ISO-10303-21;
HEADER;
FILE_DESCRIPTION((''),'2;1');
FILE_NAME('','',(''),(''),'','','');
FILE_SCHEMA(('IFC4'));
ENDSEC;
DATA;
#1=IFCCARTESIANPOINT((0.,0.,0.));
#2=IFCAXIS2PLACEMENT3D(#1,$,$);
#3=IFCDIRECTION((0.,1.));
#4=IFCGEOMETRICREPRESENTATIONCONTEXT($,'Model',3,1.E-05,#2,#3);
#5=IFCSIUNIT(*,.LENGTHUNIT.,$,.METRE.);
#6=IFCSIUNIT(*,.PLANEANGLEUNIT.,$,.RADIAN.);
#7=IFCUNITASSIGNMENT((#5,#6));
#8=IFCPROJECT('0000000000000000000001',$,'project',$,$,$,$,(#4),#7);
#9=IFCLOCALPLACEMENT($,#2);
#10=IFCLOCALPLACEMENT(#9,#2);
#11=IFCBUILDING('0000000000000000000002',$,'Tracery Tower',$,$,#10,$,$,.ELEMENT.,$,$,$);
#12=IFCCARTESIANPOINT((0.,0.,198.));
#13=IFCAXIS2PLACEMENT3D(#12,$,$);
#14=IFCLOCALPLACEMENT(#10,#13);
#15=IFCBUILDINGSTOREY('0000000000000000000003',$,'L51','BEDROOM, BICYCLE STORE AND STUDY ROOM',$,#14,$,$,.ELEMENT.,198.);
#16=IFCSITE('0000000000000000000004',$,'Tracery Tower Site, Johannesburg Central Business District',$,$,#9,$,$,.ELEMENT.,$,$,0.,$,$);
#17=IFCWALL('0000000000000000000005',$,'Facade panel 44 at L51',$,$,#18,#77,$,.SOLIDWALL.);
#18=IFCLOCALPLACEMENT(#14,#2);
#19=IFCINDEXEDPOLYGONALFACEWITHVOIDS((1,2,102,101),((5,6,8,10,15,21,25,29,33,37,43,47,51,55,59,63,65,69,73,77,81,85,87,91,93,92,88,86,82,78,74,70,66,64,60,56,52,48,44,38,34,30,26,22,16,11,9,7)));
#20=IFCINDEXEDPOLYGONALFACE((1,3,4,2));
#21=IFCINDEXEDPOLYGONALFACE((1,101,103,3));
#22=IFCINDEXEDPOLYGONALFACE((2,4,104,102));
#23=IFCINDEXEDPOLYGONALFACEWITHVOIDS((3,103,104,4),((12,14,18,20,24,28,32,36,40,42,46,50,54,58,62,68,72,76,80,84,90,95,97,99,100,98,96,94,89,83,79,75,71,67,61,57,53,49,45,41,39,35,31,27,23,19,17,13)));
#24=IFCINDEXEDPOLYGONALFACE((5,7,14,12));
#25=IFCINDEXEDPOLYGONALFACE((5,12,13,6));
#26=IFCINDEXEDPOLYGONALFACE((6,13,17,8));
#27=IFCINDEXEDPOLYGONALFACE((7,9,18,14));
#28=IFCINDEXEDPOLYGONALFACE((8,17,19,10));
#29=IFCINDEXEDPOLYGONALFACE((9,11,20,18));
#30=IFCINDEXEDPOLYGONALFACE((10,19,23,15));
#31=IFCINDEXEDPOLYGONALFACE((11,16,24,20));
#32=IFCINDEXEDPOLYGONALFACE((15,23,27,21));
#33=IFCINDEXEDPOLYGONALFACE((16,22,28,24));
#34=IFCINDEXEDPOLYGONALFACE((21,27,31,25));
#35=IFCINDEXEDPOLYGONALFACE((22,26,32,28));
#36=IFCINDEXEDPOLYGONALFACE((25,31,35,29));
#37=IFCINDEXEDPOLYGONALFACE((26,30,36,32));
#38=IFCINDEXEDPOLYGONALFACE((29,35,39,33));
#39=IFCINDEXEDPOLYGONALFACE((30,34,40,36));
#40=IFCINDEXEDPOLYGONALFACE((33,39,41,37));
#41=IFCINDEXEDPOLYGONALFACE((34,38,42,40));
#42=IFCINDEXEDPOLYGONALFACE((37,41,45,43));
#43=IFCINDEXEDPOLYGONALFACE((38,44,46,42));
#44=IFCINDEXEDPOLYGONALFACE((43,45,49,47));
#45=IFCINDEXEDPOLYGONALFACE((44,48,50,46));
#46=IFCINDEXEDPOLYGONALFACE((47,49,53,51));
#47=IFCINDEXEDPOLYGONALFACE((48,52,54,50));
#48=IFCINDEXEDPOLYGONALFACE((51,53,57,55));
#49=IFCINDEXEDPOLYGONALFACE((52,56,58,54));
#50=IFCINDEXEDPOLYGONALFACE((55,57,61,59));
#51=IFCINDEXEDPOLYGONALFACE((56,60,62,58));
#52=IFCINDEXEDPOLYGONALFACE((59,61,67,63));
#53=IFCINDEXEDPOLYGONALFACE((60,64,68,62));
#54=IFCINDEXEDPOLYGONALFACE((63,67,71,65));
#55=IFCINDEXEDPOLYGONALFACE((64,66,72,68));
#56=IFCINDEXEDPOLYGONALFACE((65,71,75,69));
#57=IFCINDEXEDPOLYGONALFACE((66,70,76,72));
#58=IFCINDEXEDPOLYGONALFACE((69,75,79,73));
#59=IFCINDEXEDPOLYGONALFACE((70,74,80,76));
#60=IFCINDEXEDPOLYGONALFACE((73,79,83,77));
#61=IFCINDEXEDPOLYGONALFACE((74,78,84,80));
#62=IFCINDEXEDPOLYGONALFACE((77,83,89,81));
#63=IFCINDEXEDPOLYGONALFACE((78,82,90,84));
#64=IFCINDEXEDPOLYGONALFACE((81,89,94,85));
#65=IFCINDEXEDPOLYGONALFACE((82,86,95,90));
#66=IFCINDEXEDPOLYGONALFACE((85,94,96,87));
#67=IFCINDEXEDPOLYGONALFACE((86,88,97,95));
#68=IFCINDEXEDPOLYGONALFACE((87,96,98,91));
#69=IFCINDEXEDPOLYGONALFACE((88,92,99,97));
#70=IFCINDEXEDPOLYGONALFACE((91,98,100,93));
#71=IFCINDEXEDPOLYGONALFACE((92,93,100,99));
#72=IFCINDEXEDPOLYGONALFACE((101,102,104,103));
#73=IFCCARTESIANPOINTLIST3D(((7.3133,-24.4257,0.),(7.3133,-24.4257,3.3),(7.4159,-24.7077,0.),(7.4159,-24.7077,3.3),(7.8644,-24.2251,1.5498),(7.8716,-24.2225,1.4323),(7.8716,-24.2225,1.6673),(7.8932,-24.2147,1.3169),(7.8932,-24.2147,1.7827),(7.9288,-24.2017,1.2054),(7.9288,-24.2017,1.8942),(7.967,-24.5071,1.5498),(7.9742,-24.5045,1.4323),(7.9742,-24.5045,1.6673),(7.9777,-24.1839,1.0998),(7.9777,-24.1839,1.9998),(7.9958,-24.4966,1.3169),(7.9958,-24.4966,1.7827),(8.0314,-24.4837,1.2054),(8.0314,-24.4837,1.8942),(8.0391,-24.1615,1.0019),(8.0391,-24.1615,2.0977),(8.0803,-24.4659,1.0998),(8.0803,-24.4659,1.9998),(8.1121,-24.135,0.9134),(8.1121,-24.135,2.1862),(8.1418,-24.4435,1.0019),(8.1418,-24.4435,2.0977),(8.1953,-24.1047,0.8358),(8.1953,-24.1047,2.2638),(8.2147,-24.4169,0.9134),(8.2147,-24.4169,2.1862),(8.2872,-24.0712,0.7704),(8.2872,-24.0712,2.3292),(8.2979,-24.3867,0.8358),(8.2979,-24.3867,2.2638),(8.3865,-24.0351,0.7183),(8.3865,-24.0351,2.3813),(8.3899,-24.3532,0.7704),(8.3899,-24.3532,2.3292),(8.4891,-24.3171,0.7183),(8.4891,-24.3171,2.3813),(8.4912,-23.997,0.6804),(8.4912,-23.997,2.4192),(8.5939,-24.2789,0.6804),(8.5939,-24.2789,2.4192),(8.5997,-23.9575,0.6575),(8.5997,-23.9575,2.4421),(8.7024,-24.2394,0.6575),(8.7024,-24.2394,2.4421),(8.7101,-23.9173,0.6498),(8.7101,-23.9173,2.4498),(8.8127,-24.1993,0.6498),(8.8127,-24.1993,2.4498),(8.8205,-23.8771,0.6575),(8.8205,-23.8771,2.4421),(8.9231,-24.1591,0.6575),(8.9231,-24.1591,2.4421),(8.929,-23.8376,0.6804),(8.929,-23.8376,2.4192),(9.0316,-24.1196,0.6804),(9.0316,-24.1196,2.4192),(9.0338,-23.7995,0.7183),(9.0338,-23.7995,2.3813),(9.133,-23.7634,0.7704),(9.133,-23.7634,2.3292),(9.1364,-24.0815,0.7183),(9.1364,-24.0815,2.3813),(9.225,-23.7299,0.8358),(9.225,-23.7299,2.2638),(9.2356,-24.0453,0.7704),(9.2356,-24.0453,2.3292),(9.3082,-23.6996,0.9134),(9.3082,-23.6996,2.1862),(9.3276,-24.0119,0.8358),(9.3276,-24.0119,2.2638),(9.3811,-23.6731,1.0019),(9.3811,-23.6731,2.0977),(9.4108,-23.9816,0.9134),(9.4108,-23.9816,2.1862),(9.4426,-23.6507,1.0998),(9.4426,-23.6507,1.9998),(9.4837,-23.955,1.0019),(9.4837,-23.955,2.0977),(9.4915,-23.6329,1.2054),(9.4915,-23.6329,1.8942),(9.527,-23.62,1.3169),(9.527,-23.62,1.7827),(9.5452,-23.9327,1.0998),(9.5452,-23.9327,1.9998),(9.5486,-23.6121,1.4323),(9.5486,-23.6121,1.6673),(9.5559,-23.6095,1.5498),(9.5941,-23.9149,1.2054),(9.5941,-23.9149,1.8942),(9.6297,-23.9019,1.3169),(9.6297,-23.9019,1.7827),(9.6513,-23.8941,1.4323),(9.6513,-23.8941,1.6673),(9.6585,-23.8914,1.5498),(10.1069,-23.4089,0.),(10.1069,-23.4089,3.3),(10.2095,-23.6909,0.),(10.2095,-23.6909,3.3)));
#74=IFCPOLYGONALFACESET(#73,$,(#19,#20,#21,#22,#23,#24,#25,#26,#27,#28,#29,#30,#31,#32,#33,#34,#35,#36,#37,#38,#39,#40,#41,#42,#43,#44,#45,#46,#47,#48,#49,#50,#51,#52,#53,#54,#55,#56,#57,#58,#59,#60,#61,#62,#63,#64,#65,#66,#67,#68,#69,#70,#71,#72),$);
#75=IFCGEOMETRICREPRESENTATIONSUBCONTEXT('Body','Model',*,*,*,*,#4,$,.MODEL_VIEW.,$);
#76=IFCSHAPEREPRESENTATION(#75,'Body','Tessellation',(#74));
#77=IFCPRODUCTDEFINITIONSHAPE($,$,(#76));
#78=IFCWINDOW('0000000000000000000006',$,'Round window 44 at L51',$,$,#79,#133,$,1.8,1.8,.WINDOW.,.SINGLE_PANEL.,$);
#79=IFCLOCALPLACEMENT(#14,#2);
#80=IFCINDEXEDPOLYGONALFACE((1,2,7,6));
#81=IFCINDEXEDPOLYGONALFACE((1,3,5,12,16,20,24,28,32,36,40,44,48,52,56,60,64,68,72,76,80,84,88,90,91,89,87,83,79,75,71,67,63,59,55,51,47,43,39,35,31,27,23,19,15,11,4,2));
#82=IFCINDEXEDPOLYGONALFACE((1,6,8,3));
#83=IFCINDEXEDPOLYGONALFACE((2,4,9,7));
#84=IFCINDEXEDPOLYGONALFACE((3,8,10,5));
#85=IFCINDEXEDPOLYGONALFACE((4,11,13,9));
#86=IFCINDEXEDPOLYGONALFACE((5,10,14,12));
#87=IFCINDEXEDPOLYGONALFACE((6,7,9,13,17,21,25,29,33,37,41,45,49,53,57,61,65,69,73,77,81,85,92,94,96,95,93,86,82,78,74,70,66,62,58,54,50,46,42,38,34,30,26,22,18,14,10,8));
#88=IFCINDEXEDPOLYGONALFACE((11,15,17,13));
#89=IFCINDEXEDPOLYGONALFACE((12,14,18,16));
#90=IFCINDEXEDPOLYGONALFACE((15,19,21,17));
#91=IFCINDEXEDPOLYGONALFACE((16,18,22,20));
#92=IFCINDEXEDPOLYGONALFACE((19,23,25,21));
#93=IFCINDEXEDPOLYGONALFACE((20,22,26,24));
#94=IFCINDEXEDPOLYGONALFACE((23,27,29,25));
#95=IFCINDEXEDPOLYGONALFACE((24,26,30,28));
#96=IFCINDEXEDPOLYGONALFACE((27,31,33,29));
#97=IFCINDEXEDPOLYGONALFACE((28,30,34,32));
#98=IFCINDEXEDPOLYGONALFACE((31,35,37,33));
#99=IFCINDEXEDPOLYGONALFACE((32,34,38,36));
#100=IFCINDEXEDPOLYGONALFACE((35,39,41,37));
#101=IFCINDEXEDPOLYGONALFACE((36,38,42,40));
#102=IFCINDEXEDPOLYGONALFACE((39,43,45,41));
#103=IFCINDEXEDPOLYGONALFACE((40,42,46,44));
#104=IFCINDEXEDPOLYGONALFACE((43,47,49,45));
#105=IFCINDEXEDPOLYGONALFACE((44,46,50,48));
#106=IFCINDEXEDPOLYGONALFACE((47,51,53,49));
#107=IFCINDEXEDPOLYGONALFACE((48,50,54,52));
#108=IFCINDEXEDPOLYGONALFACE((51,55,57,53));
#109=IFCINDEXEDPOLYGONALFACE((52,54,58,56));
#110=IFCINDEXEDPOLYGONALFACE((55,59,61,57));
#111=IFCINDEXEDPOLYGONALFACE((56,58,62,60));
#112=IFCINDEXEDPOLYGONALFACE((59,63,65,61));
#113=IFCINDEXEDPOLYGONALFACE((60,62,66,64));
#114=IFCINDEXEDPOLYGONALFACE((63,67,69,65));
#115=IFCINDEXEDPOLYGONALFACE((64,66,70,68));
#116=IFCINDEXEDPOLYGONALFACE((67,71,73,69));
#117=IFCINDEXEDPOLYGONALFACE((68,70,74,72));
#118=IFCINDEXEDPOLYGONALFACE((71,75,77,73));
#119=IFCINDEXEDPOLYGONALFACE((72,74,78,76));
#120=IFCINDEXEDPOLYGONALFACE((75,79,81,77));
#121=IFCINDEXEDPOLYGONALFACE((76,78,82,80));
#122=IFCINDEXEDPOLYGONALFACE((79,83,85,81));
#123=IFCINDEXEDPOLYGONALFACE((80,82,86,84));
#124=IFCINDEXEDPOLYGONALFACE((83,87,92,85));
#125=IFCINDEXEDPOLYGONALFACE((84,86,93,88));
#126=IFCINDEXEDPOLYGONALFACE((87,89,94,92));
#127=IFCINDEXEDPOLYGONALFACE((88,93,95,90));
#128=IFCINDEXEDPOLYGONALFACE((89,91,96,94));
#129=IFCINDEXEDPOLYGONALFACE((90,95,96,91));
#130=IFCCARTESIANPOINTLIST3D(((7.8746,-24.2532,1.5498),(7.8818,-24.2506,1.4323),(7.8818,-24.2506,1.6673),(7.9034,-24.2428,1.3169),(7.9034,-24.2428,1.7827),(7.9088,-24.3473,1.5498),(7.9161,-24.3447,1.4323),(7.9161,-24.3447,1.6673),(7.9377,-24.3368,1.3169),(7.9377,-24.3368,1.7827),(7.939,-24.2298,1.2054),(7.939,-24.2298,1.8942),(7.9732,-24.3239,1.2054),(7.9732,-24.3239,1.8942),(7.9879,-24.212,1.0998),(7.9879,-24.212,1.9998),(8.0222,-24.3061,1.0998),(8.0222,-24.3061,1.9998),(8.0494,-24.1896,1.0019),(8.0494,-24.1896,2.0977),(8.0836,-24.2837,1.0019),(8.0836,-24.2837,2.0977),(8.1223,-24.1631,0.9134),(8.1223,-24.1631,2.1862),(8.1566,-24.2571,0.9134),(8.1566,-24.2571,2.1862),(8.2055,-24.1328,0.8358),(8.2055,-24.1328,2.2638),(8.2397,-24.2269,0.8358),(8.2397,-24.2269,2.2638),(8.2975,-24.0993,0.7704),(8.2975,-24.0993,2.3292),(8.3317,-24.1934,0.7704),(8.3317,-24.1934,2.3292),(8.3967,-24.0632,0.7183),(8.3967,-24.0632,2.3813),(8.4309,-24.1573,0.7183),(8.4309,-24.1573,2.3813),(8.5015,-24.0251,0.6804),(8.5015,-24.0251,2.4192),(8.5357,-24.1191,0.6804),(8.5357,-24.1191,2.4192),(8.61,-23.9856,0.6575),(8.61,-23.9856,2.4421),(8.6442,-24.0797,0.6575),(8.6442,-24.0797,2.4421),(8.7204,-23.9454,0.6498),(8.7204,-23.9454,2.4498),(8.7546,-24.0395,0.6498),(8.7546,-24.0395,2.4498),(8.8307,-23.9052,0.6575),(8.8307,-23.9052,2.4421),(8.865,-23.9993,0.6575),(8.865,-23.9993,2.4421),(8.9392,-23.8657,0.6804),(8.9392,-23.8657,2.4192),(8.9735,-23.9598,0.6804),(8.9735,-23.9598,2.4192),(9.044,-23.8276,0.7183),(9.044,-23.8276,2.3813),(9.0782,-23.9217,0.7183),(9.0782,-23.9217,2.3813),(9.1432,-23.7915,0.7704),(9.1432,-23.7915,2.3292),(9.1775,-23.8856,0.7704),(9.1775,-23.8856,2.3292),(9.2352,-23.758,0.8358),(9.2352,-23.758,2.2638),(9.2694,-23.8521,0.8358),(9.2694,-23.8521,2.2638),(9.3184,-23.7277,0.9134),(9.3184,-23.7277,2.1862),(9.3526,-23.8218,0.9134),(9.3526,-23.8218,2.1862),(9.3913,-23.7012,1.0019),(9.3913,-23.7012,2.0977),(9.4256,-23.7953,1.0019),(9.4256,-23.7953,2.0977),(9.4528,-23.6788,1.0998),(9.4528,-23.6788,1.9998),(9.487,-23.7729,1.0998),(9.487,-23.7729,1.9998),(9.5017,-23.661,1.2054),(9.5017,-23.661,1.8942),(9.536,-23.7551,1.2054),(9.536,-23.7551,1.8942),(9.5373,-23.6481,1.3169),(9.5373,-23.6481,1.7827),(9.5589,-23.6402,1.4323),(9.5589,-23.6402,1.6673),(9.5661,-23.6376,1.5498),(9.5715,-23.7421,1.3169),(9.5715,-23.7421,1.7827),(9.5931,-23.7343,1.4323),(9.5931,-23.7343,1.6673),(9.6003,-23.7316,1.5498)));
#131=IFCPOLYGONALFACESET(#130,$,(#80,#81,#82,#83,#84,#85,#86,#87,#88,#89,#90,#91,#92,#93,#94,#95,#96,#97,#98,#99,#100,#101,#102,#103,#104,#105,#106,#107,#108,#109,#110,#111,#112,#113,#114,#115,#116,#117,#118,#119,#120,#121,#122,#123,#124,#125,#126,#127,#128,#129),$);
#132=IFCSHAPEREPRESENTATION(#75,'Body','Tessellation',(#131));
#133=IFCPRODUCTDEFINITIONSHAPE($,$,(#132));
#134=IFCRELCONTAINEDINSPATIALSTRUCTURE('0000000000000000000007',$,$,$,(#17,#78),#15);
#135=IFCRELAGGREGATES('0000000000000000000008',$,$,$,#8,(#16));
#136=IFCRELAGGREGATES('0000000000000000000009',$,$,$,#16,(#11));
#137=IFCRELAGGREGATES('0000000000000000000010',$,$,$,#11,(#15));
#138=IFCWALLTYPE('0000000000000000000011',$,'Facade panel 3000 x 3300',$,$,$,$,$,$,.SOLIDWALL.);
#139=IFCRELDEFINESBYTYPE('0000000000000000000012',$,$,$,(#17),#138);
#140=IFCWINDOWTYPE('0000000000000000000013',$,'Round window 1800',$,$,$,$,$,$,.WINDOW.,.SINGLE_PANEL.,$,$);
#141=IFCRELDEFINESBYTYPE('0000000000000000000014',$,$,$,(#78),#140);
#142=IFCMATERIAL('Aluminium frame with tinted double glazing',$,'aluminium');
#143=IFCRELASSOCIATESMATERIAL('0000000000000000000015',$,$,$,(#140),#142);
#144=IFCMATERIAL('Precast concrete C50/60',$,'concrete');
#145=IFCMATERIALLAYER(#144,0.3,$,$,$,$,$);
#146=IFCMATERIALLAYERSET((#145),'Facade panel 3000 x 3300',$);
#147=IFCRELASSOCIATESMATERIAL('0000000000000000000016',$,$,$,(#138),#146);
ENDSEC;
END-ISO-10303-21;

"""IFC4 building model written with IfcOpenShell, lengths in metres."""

from ifc_helpers import new_model, si_unit, direction, frame, frame_2d, origin, origin_2d, place, context, subcontext, project, spatial, rectangle, circle, extrude, material, layer, layer_set, type_object, element, fill, save


model = new_model("IFC4")

# Units and contexts
model_context = context("Model", 3, precision=1e-05, world=origin(), true_north=direction((0.0, 1.0)))
body_context = subcontext(model_context, "Body", "Model", "MODEL_VIEW")
ifc_project = project(units=[si_unit("LENGTHUNIT", "METRE"), si_unit("PLANEANGLEUNIT", "RADIAN")], contexts=[model_context])

# Site, building, storey
site_placement = place(None, origin())
site = spatial("IfcSite", under=ifc_project, at=site_placement, Name="Tracery Tower Site, Johannesburg Central Business District", CompositionType="ELEMENT", RefElevation=0.0)
building_placement = place(site_placement, origin())
building = spatial("IfcBuilding", under=site, at=building_placement, Name="Tracery Tower", CompositionType="ELEMENT")
storey_placement = place(building_placement, frame((0.0, 0.0, 198.0)))
storey = spatial("IfcBuildingStorey", under=building, at=storey_placement, Name="L51", Description="BEDROOM, BICYCLE STORE AND STUDY ROOM", CompositionType="ELEMENT", Elevation=198.0)

# Wall, opening, window
ifc_material_1 = material(Name="Aluminium frame with tinted double glazing", Category="aluminium")
window_type = type_object("IfcWindowType", Name="Round window 1800", PartitioningType="SINGLE_PANEL", PredefinedType="WINDOW", material=ifc_material_1)
ifc_material_2 = material(Name="Precast concrete C50/60", Category="concrete")
ifc_layer_1 = layer(ifc_material_2, 0.3)
ifc_layer_set_1 = layer_set([ifc_layer_1], Name="Facade panel 3000 x 3300")
wall_type_1 = type_object("IfcWallType", Name="Facade panel 3000 x 3300", PredefinedType="SOLIDWALL", material=ifc_layer_set_1)
wall_1_placement = place(storey_placement, frame((7.3647, -24.5667, 0.0), z_axis=(0.0, 0.0, 1.0), x_axis=(0.93969, 0.342027, 0.0)))
wall_1 = element("IfcWall", 1, at=wall_1_placement, inside=storey, type_object=wall_type_1, Name="Facade panel 44 at L51", PredefinedType="SOLIDWALL", context=body_context, shape_type="SweptSolid", body=[
    extrude(rectangle(XDim=2.9729, YDim=0.3, at=frame_2d((1.4863, 0.0))), origin(), (0.0, 0.0, 1.0), 3.3),
])
opening_1_placement = place(wall_1_placement, frame((1.4863, 0.0, 1.5498)))
opening_1 = element("IfcOpeningElement", 2, at=opening_1_placement, cuts=wall_1, PredefinedType="OPENING", context=body_context, shape_type="SweptSolid", body=[
    extrude(circle(Radius=0.9, at=origin_2d()), frame((0.0, 0.1599, 0.0), z_axis=(0.0, -1.0, 0.0), x_axis=(1.0, 0.0, 0.0)), (0.0, 0.0, 1.0), 0.3201),
])
window_1_placement = place(opening_1_placement, origin())
window_1 = element("IfcWindow", 3, at=window_1_placement, inside=storey, type_object=window_type, Name="Round window 44 at L51", OverallHeight=1.8, OverallWidth=1.8, PartitioningType="SINGLE_PANEL", PredefinedType="WINDOW", context=body_context, shape_type="SweptSolid", body=[
    extrude(circle(Radius=0.9, at=origin_2d()), frame((0.0, 0.1201, 0.0), z_axis=(0.0, -1.0, 0.0), x_axis=(1.0, 0.0, 0.0)), (0.0, 0.0, 1.0), 0.1001),
])
fill(opening_1, window_1)

save(model, "model.ifc")
